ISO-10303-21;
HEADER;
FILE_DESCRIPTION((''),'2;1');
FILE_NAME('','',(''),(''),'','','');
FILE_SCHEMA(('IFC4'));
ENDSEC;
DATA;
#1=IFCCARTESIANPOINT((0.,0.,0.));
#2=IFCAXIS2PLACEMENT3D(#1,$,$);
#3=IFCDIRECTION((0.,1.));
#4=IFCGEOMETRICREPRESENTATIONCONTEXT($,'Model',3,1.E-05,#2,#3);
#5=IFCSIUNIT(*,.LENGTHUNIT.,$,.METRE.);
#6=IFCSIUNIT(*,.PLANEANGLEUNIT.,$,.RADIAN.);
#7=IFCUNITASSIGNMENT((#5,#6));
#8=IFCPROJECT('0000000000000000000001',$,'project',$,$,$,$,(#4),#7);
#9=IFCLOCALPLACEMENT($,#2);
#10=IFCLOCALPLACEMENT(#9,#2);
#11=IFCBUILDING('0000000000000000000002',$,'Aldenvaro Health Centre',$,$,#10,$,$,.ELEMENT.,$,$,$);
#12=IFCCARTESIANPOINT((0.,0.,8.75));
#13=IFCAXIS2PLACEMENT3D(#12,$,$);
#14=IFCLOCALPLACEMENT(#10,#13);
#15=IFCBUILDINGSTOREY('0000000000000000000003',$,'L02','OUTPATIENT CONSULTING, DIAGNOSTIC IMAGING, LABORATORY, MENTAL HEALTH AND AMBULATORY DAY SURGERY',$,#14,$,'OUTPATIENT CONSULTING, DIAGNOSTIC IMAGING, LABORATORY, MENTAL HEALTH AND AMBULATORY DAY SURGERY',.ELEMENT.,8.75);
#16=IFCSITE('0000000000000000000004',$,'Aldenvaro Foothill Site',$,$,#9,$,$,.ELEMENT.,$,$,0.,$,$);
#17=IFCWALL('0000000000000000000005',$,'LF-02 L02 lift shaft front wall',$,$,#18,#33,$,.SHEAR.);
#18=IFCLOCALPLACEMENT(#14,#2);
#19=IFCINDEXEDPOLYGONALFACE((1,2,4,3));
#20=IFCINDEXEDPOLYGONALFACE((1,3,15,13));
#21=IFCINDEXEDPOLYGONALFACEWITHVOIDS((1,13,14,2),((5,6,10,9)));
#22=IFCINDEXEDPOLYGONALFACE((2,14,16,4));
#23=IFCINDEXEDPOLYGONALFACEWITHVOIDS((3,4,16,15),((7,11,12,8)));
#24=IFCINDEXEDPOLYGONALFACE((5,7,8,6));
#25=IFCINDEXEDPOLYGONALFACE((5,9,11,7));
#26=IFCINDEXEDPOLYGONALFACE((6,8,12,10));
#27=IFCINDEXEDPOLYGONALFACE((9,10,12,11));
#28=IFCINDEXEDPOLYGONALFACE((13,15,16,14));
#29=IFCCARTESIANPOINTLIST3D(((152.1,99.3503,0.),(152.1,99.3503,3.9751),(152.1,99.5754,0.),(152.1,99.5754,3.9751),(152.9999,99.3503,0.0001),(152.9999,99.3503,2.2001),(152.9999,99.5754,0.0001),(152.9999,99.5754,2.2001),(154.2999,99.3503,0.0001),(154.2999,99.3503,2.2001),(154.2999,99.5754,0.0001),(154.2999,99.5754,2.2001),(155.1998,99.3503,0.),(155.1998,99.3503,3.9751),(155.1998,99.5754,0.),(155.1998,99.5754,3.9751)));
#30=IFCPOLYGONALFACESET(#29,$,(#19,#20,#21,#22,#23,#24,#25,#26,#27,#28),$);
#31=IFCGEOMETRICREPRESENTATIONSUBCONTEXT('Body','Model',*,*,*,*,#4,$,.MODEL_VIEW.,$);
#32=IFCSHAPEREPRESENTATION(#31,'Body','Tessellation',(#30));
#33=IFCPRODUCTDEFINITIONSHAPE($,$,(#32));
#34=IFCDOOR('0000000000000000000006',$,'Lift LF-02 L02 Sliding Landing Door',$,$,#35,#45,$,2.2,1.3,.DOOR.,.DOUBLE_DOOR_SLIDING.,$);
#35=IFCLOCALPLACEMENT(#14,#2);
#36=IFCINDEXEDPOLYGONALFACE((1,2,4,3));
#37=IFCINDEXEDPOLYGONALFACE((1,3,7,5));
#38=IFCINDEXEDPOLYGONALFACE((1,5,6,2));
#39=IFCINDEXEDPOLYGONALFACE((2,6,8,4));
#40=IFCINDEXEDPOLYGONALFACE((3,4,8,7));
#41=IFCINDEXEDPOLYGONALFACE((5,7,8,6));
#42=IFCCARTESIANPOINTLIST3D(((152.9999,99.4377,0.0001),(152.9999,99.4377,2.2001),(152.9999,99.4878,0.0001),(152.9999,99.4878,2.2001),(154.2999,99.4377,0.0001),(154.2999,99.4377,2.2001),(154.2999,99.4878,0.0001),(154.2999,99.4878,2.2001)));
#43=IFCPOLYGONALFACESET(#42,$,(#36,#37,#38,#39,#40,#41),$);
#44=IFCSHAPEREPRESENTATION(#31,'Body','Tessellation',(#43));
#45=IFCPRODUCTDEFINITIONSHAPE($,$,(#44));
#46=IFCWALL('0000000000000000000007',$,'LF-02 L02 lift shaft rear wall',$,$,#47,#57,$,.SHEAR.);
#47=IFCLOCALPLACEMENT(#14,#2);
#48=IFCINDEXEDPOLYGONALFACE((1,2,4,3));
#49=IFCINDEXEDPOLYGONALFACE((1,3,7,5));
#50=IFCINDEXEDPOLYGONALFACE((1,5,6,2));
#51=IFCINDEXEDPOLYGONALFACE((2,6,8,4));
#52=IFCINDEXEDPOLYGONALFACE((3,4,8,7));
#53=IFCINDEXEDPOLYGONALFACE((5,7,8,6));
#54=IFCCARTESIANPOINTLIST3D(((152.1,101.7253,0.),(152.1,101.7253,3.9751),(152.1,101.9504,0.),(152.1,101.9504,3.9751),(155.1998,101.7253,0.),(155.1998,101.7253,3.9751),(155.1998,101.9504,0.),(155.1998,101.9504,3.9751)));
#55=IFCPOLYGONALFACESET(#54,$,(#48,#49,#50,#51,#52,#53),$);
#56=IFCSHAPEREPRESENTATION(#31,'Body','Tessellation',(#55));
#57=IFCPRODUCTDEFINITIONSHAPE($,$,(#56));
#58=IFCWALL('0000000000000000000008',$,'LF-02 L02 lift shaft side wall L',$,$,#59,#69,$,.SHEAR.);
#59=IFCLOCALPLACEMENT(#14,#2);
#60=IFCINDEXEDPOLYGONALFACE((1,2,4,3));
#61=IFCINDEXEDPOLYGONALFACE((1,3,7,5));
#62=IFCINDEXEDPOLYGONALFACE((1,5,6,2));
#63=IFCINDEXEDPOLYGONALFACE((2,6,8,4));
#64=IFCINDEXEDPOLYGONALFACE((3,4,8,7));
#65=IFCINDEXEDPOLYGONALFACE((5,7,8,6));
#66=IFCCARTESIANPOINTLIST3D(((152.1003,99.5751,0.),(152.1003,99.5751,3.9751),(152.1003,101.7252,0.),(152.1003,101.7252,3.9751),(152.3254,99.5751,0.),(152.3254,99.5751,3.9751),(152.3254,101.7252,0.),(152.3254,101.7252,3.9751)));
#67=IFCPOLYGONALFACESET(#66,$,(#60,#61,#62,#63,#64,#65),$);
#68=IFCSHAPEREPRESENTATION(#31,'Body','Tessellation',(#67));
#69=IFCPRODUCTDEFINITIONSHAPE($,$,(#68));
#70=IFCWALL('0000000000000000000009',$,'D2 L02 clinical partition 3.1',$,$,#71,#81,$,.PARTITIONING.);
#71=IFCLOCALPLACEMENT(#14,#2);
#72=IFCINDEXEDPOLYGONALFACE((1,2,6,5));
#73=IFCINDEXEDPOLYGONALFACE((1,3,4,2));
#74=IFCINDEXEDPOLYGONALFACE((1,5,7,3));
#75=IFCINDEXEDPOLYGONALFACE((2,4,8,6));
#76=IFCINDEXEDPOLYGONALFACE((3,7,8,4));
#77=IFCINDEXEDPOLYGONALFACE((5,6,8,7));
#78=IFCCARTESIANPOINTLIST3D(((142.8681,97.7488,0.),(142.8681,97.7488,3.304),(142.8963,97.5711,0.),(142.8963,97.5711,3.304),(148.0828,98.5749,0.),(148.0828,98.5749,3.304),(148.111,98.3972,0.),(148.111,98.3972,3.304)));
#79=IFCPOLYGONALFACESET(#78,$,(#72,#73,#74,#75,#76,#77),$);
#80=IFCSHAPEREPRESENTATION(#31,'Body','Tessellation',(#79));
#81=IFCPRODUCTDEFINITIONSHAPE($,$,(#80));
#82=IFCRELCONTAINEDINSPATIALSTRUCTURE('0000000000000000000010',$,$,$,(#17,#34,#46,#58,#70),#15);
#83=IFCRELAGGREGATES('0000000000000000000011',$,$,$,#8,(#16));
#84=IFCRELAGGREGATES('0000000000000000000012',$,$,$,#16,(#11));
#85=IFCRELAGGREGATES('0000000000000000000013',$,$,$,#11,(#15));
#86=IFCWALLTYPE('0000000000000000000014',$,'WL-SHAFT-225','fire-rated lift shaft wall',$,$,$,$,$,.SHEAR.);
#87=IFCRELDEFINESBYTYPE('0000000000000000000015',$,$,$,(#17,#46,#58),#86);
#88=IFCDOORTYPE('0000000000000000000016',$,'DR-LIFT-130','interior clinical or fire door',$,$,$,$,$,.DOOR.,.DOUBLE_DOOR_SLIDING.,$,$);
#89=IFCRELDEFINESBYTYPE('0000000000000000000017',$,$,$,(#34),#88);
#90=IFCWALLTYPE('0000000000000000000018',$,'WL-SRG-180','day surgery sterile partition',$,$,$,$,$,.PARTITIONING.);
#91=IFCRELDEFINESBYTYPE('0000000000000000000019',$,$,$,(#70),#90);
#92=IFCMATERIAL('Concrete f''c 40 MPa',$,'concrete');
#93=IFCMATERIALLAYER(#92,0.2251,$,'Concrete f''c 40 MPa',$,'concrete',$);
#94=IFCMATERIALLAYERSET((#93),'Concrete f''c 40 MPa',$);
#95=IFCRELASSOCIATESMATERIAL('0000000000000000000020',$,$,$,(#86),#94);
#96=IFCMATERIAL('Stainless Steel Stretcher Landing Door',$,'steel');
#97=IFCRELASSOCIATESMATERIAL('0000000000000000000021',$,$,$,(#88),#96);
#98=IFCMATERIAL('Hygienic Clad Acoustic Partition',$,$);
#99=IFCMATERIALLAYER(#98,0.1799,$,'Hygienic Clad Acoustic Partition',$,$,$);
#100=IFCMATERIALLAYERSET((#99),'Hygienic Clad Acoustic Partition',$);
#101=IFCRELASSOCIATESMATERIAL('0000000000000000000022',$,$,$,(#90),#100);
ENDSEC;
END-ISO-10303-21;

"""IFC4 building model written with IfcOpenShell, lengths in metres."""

from ifc_helpers import new_model, si_unit, direction, frame, frame_2d, origin, place, context, subcontext, project, spatial, rectangle, extrude, material, layer, layer_set, type_object, element, fill, save


model = new_model("IFC4")

# Units and contexts
model_context = context("Model", 3, precision=1e-05, world=origin(), true_north=direction((0.0, 1.0)))
body_context = subcontext(model_context, "Body", "Model", "MODEL_VIEW")
ifc_project = project(units=[si_unit("LENGTHUNIT", "METRE"), si_unit("PLANEANGLEUNIT", "RADIAN")], contexts=[model_context])

# Site, building, storey
site_placement = place(None, origin())
site = spatial("IfcSite", under=ifc_project, at=site_placement, Name="Aldenvaro Foothill Site", CompositionType="ELEMENT", RefElevation=0.0)
building_placement = place(site_placement, origin())
building = spatial("IfcBuilding", under=site, at=building_placement, Name="Aldenvaro Health Centre", CompositionType="ELEMENT")
storey_placement = place(building_placement, frame((0.0, 0.0, 8.75)))
storey = spatial("IfcBuildingStorey", under=building, at=storey_placement, Name="L02", Description="OUTPATIENT CONSULTING, DIAGNOSTIC IMAGING, LABORATORY, MENTAL HEALTH AND AMBULATORY DAY SURGERY", LongName="OUTPATIENT CONSULTING, DIAGNOSTIC IMAGING, LABORATORY, MENTAL HEALTH AND AMBULATORY DAY SURGERY", CompositionType="ELEMENT", Elevation=8.75)

# Wall, opening, door
ifc_material_1 = material(Name="Concrete f'c 40 MPa", Category="concrete")
ifc_layer_1 = layer(ifc_material_1, 0.2251, Name="Concrete f'c 40 MPa", Category="concrete")
ifc_layer_set_1 = layer_set([ifc_layer_1], Name="Concrete f'c 40 MPa")
wall_type_1 = type_object("IfcWallType", Name="WL-SHAFT-225", Description="fire-rated lift shaft wall", PredefinedType="SHEAR", material=ifc_layer_set_1)
wall_1_placement = place(storey_placement, frame((152.1001, 99.4629, 0.0), z_axis=(0.0, 0.0, 1.0), x_axis=(1.0, 0.0, 0.0)))
wall_1 = element("IfcWall", 1, at=wall_1_placement, inside=storey, type_object=wall_type_1, Name="LF-02 L02 lift shaft front wall", PredefinedType="SHEAR", context=body_context, shape_type="SweptSolid", body=[
    extrude(rectangle(XDim=3.0999, YDim=0.2251, at=frame_2d((1.5498, 0.0))), origin(), (0.0, 0.0, 1.0), 3.9751),
])
opening_1_placement = place(wall_1_placement, frame((0.8999, 0.0, 0.0)))
opening_1 = element("IfcOpeningElement", 2, at=opening_1_placement, cuts=wall_1, PredefinedType="OPENING", context=body_context, shape_type="SweptSolid", body=[
    extrude(rectangle(XDim=1.3, YDim=2.2, at=frame_2d((0.6499, 1.1001))), frame((0.0, 0.1226, 0.0), z_axis=(0.0, -1.0, 0.0), x_axis=(1.0, 0.0, 0.0)), (0.0, 0.0, 1.0), 0.2451),
])
ifc_material_2 = material(Name="Stainless Steel Stretcher Landing Door", Category="steel")
door_type_1 = type_object("IfcDoorType", Name="DR-LIFT-130", Description="interior clinical or fire door", OperationType="DOUBLE_DOOR_SLIDING", PredefinedType="DOOR", material=ifc_material_2)
door_1_placement = place(opening_1_placement, origin())
door_1 = element("IfcDoor", 3, at=door_1_placement, inside=storey, type_object=door_type_1, Name="Lift LF-02 L02 Sliding Landing Door", OperationType="DOUBLE_DOOR_SLIDING", OverallHeight=2.2, OverallWidth=1.3, PredefinedType="DOOR", context=body_context, shape_type="SweptSolid", body=[
    extrude(rectangle(XDim=1.3, YDim=2.2, at=frame_2d((0.6499, 1.1001))), frame((0.0, 0.0249, 0.0), z_axis=(0.0, -1.0, 0.0), x_axis=(1.0, 0.0, 0.0)), (0.0, 0.0, 1.0), 0.05),
])
fill(opening_1, door_1)

# Walls
wall_2_placement = place(storey_placement, frame((152.1001, 101.8379, 0.0), z_axis=(0.0, 0.0, 1.0), x_axis=(1.0, 0.0, 0.0)))
element("IfcWall", 4, at=wall_2_placement, inside=storey, type_object=wall_type_1, Name="LF-02 L02 lift shaft rear wall", PredefinedType="SHEAR", context=body_context, shape_type="SweptSolid", body=[
    extrude(rectangle(XDim=3.0999, YDim=0.2251, at=frame_2d((1.5498, 0.0))), origin(), (0.0, 0.0, 1.0), 3.9751),
])
wall_3_placement = place(storey_placement, frame((152.2129, 99.575, 0.0), z_axis=(0.0, 0.0, 1.0), x_axis=(0.0, 1.0, 0.0)))
element("IfcWall", 5, at=wall_3_placement, inside=storey, type_object=wall_type_1, Name="LF-02 L02 lift shaft side wall L", PredefinedType="SHEAR", context=body_context, shape_type="SweptSolid", body=[
    extrude(rectangle(XDim=2.1501, YDim=0.2251, at=frame_2d((1.0752, 0.0))), origin(), (0.0, 0.0, 1.0), 3.9751),
])
ifc_material_3 = material(Name="Hygienic Clad Acoustic Partition")
ifc_layer_2 = layer(ifc_material_3, 0.1799, Name="Hygienic Clad Acoustic Partition")
ifc_layer_set_2 = layer_set([ifc_layer_2], Name="Hygienic Clad Acoustic Partition")
wall_type_2 = type_object("IfcWallType", Name="WL-SRG-180", Description="day surgery sterile partition", PredefinedType="PARTITIONING", material=ifc_layer_set_2)
wall_4_placement = place(storey_placement, frame((148.0969, 98.4861, 0.0), z_axis=(0.0, 0.0, 1.0), x_axis=(-0.987682, -0.156475, 0.0)))
element("IfcWall", 6, at=wall_4_placement, inside=storey, type_object=wall_type_2, Name="D2 L02 clinical partition 3.1", PredefinedType="PARTITIONING", context=body_context, shape_type="SweptSolid", body=[
    extrude(rectangle(XDim=5.2798, YDim=0.1799, at=frame_2d((2.6399, 0.0))), origin(), (0.0, 0.0, 1.0), 3.304),
])

save(model, "model.ifc")
